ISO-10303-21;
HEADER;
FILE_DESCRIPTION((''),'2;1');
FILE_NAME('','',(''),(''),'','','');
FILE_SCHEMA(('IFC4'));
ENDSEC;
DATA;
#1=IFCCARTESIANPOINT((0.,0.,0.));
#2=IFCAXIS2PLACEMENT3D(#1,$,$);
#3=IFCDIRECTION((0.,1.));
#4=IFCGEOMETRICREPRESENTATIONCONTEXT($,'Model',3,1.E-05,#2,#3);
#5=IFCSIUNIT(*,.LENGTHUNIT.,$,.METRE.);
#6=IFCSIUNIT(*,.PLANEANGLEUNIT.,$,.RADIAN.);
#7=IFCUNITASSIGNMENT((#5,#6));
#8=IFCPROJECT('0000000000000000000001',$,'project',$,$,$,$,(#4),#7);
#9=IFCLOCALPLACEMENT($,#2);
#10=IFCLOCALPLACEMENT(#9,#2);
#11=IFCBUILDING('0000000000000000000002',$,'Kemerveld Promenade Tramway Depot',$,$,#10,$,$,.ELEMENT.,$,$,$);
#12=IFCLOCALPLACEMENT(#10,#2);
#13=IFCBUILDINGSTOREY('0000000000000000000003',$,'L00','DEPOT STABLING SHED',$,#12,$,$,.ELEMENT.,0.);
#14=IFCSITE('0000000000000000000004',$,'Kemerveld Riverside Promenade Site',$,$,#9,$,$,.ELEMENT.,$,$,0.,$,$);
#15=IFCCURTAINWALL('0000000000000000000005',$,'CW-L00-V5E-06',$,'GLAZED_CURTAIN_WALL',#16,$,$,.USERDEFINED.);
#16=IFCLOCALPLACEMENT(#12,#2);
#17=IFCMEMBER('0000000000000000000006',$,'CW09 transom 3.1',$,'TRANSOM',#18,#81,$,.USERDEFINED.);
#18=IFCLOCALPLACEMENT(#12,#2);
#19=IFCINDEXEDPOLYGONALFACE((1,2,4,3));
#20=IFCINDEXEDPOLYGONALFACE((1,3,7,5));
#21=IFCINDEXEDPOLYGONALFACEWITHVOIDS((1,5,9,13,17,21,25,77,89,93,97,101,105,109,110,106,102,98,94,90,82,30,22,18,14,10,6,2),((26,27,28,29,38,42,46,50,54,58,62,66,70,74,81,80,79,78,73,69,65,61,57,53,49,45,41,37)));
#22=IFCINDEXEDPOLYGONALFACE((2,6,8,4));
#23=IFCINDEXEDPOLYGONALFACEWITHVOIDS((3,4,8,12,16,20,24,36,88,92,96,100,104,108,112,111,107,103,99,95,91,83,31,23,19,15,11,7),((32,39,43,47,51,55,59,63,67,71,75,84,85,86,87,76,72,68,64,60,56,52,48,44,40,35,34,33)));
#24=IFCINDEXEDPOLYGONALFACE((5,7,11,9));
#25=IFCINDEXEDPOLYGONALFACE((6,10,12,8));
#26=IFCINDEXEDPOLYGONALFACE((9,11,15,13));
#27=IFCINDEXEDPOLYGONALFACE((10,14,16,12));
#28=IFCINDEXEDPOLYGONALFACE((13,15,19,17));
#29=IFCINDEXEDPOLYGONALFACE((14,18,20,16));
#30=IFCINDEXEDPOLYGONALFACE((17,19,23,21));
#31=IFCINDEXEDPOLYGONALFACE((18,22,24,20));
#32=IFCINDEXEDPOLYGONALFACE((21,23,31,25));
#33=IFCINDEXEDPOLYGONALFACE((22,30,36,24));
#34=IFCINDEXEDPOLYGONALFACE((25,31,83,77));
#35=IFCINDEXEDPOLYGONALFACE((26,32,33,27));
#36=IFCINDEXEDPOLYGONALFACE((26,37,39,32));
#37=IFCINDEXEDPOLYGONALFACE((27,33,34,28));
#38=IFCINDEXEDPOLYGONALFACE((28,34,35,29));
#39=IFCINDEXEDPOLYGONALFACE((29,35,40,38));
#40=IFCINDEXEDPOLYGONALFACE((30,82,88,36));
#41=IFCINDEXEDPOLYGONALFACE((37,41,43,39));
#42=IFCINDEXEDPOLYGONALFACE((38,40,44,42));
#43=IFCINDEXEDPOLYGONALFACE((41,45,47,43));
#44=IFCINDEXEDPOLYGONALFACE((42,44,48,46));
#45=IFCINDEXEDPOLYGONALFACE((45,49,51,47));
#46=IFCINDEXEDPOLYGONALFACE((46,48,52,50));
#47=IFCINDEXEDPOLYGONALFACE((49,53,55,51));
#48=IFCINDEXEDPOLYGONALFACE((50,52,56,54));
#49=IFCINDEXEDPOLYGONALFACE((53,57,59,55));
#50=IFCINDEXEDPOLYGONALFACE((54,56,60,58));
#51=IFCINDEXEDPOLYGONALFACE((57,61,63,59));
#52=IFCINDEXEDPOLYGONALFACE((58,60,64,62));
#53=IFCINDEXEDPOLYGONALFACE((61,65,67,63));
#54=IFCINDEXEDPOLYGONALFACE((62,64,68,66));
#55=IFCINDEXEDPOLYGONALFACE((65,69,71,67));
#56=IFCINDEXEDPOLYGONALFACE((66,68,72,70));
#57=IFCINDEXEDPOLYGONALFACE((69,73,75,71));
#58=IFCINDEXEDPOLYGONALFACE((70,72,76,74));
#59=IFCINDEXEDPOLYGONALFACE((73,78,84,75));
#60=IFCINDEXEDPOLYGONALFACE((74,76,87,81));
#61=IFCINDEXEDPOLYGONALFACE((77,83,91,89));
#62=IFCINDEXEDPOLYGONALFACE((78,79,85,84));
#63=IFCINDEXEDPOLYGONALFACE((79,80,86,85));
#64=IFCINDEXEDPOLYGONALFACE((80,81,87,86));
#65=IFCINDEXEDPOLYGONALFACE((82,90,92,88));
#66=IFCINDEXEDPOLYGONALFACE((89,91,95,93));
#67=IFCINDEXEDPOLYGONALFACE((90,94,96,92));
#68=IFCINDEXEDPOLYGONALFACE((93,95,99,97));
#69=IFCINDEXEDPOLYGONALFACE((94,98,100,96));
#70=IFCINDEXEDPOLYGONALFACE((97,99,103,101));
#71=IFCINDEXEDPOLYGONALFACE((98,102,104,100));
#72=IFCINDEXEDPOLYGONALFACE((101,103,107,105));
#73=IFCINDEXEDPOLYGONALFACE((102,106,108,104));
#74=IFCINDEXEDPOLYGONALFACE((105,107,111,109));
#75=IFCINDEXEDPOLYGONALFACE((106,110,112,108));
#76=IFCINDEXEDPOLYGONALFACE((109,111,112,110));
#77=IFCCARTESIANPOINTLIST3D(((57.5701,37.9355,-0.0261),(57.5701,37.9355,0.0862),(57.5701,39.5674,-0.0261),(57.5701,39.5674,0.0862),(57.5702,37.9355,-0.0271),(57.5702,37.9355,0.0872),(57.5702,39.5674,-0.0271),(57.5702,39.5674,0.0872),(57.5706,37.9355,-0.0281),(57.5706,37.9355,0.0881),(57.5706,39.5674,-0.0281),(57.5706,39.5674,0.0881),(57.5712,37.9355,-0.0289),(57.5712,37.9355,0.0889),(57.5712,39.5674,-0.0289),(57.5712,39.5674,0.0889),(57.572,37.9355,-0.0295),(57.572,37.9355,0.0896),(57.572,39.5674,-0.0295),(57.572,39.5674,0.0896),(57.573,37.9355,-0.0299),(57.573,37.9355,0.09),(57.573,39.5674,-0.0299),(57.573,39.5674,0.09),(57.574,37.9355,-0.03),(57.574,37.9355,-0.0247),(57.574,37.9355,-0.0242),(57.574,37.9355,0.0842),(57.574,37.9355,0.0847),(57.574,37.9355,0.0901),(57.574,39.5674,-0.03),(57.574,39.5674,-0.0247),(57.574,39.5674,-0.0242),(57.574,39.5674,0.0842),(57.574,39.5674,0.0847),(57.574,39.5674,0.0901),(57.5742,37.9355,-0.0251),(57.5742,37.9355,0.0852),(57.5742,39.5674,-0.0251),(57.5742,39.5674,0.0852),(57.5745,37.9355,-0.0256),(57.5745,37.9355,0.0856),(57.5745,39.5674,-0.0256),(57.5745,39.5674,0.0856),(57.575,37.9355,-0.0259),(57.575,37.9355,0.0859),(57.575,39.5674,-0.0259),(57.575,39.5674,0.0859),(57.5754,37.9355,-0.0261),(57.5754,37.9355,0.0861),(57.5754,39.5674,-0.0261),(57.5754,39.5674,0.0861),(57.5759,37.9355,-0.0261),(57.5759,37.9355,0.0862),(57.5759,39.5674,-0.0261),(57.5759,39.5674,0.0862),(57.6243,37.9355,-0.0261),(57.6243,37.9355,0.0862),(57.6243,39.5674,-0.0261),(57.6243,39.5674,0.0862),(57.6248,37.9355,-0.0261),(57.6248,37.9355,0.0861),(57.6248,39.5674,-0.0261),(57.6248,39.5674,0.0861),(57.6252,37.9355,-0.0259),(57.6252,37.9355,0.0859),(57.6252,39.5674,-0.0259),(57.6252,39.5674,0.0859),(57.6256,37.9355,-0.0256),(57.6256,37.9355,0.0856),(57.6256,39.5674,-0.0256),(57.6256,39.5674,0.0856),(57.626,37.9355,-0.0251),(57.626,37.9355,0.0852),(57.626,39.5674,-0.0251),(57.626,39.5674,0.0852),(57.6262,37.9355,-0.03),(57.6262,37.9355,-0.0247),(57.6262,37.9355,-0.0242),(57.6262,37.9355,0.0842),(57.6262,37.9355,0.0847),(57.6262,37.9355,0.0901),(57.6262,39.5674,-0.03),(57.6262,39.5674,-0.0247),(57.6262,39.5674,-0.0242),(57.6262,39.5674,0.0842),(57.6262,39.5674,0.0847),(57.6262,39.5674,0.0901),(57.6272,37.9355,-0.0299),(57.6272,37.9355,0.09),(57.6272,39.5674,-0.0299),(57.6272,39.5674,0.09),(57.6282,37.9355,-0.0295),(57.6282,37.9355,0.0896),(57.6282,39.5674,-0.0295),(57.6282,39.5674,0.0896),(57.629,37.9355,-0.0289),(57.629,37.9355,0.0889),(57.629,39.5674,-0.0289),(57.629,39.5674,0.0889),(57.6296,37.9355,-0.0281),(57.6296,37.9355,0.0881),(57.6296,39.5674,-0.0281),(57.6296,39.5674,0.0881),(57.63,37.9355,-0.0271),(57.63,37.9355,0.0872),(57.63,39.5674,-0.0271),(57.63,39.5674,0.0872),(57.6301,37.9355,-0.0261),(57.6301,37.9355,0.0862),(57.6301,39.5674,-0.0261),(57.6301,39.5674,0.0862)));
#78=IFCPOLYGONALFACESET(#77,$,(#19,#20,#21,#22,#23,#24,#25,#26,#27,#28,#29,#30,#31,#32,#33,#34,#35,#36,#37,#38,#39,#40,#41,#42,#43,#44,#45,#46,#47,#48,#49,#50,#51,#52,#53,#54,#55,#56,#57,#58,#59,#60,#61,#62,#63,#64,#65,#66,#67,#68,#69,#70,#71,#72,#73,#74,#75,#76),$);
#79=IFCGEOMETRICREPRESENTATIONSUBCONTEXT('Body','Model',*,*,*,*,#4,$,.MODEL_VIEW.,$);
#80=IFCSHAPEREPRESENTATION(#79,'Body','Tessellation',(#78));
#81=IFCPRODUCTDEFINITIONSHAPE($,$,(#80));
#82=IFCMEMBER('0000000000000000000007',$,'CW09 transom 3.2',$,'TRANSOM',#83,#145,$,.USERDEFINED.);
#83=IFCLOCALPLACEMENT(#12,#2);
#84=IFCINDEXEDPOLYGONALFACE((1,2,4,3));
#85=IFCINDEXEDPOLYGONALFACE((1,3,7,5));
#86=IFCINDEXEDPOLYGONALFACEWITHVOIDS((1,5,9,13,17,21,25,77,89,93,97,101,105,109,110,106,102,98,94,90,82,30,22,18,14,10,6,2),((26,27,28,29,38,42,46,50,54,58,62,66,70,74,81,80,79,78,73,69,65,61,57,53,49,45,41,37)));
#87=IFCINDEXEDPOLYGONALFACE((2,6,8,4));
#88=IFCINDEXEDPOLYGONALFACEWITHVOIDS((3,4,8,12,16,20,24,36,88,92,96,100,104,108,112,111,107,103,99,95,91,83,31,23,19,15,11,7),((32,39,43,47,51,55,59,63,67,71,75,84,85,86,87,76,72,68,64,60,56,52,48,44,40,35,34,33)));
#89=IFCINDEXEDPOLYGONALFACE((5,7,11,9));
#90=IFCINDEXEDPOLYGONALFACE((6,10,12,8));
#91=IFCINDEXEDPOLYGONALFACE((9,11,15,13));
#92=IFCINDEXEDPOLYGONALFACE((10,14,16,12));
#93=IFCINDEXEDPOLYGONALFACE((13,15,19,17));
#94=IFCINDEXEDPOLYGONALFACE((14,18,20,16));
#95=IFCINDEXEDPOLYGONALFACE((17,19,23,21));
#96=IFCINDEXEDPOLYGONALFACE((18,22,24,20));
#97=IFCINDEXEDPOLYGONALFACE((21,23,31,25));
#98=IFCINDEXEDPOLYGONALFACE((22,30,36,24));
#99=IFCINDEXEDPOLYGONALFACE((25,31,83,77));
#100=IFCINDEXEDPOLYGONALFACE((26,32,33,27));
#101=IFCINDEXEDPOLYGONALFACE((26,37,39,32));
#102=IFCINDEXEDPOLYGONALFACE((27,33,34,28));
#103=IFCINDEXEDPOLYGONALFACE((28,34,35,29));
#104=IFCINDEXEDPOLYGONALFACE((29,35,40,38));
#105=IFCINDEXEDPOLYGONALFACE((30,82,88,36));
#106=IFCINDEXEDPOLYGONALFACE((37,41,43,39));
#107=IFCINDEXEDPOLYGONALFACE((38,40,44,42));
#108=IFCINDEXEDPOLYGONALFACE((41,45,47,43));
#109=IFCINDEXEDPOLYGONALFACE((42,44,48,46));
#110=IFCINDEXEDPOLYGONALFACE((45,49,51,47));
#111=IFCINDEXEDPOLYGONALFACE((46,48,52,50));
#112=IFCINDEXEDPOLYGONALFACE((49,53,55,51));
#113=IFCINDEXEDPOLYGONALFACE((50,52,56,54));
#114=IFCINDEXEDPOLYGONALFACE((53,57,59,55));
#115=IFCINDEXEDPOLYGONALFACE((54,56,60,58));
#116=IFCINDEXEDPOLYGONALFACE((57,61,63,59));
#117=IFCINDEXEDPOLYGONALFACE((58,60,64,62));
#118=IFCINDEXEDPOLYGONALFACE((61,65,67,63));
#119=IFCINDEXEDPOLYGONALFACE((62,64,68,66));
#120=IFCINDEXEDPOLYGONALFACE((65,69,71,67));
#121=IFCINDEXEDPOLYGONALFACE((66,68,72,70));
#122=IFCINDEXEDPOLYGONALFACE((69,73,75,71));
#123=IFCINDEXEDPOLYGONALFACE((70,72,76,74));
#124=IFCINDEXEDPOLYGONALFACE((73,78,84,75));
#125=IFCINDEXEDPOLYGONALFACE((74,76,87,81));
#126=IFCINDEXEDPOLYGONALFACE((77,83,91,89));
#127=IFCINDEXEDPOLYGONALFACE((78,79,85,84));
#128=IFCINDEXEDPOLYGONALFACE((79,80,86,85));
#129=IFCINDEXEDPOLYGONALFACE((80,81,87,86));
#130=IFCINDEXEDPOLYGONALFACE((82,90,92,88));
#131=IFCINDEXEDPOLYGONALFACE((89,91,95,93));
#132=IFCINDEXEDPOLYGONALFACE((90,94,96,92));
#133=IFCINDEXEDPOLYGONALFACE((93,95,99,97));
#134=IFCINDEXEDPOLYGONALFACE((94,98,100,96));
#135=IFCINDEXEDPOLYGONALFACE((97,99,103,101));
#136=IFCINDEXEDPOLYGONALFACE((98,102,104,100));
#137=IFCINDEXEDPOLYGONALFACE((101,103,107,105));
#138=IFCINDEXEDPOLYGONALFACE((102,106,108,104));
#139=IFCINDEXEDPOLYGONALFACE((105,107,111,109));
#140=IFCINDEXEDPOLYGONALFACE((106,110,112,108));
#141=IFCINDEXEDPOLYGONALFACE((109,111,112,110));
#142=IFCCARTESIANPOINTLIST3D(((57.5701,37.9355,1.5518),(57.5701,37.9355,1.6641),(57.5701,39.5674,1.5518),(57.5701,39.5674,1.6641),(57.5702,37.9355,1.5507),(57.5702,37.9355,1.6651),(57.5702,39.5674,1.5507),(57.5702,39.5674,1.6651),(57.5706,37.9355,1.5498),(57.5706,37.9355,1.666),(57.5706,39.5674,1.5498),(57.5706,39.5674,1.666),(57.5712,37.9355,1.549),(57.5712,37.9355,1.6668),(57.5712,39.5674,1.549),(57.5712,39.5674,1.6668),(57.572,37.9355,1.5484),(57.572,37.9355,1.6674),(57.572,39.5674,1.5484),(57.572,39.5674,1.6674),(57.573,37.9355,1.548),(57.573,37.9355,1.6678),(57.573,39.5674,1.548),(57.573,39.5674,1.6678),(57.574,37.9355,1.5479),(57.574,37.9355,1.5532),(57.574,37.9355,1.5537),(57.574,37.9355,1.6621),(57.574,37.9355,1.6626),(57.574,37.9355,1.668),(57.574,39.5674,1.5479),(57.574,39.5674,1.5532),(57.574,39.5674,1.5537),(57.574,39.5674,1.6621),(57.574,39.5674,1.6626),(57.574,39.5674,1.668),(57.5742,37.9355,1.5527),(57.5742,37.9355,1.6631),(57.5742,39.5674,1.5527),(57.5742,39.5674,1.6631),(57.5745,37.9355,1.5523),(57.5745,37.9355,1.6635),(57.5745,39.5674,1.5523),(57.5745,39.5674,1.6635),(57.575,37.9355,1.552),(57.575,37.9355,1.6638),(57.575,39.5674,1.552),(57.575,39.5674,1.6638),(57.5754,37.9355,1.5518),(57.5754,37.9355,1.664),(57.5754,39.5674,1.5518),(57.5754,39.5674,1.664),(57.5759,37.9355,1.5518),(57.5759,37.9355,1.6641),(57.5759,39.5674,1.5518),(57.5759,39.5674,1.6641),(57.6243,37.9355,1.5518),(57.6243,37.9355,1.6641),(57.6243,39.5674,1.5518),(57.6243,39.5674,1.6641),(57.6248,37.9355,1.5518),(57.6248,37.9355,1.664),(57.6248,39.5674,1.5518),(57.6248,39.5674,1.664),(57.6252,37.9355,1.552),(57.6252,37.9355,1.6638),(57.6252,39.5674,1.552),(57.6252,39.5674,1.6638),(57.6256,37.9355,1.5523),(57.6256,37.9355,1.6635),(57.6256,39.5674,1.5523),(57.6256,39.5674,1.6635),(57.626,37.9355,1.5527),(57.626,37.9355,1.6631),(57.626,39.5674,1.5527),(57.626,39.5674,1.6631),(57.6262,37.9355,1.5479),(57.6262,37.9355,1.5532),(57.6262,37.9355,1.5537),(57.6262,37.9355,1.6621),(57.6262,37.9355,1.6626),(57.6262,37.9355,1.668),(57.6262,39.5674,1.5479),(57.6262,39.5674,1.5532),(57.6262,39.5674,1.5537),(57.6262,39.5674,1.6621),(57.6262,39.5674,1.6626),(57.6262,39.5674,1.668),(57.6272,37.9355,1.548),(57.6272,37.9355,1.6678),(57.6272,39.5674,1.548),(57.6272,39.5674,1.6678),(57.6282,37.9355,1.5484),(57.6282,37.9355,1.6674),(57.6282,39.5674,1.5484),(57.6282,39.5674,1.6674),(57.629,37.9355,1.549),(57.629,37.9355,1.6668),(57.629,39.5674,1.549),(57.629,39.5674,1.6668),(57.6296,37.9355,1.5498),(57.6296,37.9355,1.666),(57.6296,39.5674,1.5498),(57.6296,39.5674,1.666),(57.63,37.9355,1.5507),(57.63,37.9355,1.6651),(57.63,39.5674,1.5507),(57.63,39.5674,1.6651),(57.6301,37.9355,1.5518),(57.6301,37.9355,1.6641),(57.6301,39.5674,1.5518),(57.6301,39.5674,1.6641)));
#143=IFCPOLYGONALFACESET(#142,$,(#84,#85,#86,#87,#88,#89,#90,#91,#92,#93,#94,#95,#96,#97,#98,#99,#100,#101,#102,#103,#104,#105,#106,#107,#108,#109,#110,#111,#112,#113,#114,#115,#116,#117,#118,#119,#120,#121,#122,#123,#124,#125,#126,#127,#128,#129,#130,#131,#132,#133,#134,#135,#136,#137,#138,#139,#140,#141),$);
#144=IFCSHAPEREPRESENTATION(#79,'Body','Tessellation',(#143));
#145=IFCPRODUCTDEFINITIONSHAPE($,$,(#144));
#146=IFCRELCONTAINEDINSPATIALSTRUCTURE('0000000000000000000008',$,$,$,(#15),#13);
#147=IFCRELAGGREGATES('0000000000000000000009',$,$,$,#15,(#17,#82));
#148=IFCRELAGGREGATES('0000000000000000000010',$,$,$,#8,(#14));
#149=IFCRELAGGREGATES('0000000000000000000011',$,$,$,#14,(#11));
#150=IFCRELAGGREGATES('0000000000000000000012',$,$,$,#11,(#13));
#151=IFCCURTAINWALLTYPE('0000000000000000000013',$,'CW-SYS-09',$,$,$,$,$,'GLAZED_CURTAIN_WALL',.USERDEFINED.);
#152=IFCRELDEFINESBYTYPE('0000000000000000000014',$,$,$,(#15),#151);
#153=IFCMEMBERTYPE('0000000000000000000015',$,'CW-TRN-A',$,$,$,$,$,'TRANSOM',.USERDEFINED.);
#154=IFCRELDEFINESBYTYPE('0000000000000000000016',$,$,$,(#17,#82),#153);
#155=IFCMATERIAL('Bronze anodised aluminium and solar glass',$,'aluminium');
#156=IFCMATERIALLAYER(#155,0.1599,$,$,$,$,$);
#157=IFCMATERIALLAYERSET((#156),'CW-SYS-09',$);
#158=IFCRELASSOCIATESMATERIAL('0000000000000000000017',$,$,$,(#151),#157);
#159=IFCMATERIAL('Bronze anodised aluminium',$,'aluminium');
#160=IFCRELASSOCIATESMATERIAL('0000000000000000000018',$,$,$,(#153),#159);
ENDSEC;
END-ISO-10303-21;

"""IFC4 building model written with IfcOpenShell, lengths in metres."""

from ifc_helpers import new_model, si_unit, direction, frame, origin, origin_2d, place, context, subcontext, project, spatial, hollow_rectangle, extrude, material, layer, layer_set, material_profile, profile_set, type_object, element, aggregate, save


model = new_model("IFC4")

# Units and contexts
model_context = context("Model", 3, precision=1e-05, world=origin(), true_north=direction((0.0, 1.0)))
body_context = subcontext(model_context, "Body", "Model", "MODEL_VIEW")
ifc_project = project(units=[si_unit("LENGTHUNIT", "METRE"), si_unit("PLANEANGLEUNIT", "RADIAN")], contexts=[model_context])

# Site, building, storey
site_placement = place(None, origin())
site = spatial("IfcSite", under=ifc_project, at=site_placement, Name="Kemerveld Riverside Promenade Site", CompositionType="ELEMENT", RefElevation=0.0)
building_placement = place(site_placement, origin())
building = spatial("IfcBuilding", under=site, at=building_placement, Name="Kemerveld Promenade Tramway Depot", CompositionType="ELEMENT")
storey_placement = place(building_placement, origin())
storey = spatial("IfcBuildingStorey", under=building, at=storey_placement, Name="L00", Description="DEPOT STABLING SHED", CompositionType="ELEMENT", Elevation=0.0)

# Curtain wall, members
ifc_material_1 = material(Name="Bronze anodised aluminium and solar glass", Category="aluminium")
ifc_layer_1 = layer(ifc_material_1, 0.1599)
ifc_layer_set_1 = layer_set([ifc_layer_1], Name="CW-SYS-09")
curtain_wall_type = type_object("IfcCurtainWallType", Name="CW-SYS-09", ElementType="GLAZED_CURTAIN_WALL", PredefinedType="USERDEFINED", material=ifc_layer_set_1)
curtain_wall_placement = place(storey_placement, origin())
curtain_wall = element("IfcCurtainWall", 1, at=curtain_wall_placement, inside=storey, type_object=curtain_wall_type, Name="CW-L00-V5E-06", ObjectType="GLAZED_CURTAIN_WALL", PredefinedType="USERDEFINED")
ifc_material_2 = material(Name="Bronze anodised aluminium", Category="aluminium")
ifc_material_profile_1 = material_profile(ifc_material_2, hollow_rectangle(XDim=0.0601, YDim=0.1201, WallThickness=0.0039, InnerFilletRadius=0.002, OuterFilletRadius=0.0039, at=origin_2d()), Name="CW-TRN-120x60")
ifc_profile_set_1 = profile_set([ifc_material_profile_1], Name="Bronze anodised aluminium")
member_type_1 = type_object("IfcMemberType", Name="CW-TRN-A", ElementType="TRANSOM", PredefinedType="USERDEFINED", material=ifc_profile_set_1)
member_1_placement = place(storey_placement, frame((57.6001, 39.5674, 0.03), z_axis=(0.0, -1.0, 0.0), x_axis=(1.0, 0.0, 0.0)))
member_1 = element("IfcMember", 2, at=member_1_placement, type_object=member_type_1, Name="CW09 transom 3.1", ObjectType="TRANSOM", PredefinedType="USERDEFINED", context=body_context, shape_type="SweptSolid", body=[
    extrude(hollow_rectangle(XDim=0.0601, YDim=0.1201, WallThickness=0.0039, InnerFilletRadius=0.002, OuterFilletRadius=0.0039, at=origin_2d()), origin(), (0.0, 0.0, 1.0), 1.6318),
])
member_2_placement = place(storey_placement, frame((57.6001, 39.5674, 1.6079), z_axis=(0.0, -1.0, 0.0), x_axis=(1.0, 0.0, 0.0)))
member_2 = element("IfcMember", 3, at=member_2_placement, type_object=member_type_1, Name="CW09 transom 3.2", ObjectType="TRANSOM", PredefinedType="USERDEFINED", context=body_context, shape_type="SweptSolid", body=[
    extrude(hollow_rectangle(XDim=0.0601, YDim=0.1201, WallThickness=0.0039, InnerFilletRadius=0.002, OuterFilletRadius=0.0039, at=origin_2d()), origin(), (0.0, 0.0, 1.0), 1.6318),
])
aggregate(curtain_wall, [member_1, member_2])

save(model, "model.ifc")
